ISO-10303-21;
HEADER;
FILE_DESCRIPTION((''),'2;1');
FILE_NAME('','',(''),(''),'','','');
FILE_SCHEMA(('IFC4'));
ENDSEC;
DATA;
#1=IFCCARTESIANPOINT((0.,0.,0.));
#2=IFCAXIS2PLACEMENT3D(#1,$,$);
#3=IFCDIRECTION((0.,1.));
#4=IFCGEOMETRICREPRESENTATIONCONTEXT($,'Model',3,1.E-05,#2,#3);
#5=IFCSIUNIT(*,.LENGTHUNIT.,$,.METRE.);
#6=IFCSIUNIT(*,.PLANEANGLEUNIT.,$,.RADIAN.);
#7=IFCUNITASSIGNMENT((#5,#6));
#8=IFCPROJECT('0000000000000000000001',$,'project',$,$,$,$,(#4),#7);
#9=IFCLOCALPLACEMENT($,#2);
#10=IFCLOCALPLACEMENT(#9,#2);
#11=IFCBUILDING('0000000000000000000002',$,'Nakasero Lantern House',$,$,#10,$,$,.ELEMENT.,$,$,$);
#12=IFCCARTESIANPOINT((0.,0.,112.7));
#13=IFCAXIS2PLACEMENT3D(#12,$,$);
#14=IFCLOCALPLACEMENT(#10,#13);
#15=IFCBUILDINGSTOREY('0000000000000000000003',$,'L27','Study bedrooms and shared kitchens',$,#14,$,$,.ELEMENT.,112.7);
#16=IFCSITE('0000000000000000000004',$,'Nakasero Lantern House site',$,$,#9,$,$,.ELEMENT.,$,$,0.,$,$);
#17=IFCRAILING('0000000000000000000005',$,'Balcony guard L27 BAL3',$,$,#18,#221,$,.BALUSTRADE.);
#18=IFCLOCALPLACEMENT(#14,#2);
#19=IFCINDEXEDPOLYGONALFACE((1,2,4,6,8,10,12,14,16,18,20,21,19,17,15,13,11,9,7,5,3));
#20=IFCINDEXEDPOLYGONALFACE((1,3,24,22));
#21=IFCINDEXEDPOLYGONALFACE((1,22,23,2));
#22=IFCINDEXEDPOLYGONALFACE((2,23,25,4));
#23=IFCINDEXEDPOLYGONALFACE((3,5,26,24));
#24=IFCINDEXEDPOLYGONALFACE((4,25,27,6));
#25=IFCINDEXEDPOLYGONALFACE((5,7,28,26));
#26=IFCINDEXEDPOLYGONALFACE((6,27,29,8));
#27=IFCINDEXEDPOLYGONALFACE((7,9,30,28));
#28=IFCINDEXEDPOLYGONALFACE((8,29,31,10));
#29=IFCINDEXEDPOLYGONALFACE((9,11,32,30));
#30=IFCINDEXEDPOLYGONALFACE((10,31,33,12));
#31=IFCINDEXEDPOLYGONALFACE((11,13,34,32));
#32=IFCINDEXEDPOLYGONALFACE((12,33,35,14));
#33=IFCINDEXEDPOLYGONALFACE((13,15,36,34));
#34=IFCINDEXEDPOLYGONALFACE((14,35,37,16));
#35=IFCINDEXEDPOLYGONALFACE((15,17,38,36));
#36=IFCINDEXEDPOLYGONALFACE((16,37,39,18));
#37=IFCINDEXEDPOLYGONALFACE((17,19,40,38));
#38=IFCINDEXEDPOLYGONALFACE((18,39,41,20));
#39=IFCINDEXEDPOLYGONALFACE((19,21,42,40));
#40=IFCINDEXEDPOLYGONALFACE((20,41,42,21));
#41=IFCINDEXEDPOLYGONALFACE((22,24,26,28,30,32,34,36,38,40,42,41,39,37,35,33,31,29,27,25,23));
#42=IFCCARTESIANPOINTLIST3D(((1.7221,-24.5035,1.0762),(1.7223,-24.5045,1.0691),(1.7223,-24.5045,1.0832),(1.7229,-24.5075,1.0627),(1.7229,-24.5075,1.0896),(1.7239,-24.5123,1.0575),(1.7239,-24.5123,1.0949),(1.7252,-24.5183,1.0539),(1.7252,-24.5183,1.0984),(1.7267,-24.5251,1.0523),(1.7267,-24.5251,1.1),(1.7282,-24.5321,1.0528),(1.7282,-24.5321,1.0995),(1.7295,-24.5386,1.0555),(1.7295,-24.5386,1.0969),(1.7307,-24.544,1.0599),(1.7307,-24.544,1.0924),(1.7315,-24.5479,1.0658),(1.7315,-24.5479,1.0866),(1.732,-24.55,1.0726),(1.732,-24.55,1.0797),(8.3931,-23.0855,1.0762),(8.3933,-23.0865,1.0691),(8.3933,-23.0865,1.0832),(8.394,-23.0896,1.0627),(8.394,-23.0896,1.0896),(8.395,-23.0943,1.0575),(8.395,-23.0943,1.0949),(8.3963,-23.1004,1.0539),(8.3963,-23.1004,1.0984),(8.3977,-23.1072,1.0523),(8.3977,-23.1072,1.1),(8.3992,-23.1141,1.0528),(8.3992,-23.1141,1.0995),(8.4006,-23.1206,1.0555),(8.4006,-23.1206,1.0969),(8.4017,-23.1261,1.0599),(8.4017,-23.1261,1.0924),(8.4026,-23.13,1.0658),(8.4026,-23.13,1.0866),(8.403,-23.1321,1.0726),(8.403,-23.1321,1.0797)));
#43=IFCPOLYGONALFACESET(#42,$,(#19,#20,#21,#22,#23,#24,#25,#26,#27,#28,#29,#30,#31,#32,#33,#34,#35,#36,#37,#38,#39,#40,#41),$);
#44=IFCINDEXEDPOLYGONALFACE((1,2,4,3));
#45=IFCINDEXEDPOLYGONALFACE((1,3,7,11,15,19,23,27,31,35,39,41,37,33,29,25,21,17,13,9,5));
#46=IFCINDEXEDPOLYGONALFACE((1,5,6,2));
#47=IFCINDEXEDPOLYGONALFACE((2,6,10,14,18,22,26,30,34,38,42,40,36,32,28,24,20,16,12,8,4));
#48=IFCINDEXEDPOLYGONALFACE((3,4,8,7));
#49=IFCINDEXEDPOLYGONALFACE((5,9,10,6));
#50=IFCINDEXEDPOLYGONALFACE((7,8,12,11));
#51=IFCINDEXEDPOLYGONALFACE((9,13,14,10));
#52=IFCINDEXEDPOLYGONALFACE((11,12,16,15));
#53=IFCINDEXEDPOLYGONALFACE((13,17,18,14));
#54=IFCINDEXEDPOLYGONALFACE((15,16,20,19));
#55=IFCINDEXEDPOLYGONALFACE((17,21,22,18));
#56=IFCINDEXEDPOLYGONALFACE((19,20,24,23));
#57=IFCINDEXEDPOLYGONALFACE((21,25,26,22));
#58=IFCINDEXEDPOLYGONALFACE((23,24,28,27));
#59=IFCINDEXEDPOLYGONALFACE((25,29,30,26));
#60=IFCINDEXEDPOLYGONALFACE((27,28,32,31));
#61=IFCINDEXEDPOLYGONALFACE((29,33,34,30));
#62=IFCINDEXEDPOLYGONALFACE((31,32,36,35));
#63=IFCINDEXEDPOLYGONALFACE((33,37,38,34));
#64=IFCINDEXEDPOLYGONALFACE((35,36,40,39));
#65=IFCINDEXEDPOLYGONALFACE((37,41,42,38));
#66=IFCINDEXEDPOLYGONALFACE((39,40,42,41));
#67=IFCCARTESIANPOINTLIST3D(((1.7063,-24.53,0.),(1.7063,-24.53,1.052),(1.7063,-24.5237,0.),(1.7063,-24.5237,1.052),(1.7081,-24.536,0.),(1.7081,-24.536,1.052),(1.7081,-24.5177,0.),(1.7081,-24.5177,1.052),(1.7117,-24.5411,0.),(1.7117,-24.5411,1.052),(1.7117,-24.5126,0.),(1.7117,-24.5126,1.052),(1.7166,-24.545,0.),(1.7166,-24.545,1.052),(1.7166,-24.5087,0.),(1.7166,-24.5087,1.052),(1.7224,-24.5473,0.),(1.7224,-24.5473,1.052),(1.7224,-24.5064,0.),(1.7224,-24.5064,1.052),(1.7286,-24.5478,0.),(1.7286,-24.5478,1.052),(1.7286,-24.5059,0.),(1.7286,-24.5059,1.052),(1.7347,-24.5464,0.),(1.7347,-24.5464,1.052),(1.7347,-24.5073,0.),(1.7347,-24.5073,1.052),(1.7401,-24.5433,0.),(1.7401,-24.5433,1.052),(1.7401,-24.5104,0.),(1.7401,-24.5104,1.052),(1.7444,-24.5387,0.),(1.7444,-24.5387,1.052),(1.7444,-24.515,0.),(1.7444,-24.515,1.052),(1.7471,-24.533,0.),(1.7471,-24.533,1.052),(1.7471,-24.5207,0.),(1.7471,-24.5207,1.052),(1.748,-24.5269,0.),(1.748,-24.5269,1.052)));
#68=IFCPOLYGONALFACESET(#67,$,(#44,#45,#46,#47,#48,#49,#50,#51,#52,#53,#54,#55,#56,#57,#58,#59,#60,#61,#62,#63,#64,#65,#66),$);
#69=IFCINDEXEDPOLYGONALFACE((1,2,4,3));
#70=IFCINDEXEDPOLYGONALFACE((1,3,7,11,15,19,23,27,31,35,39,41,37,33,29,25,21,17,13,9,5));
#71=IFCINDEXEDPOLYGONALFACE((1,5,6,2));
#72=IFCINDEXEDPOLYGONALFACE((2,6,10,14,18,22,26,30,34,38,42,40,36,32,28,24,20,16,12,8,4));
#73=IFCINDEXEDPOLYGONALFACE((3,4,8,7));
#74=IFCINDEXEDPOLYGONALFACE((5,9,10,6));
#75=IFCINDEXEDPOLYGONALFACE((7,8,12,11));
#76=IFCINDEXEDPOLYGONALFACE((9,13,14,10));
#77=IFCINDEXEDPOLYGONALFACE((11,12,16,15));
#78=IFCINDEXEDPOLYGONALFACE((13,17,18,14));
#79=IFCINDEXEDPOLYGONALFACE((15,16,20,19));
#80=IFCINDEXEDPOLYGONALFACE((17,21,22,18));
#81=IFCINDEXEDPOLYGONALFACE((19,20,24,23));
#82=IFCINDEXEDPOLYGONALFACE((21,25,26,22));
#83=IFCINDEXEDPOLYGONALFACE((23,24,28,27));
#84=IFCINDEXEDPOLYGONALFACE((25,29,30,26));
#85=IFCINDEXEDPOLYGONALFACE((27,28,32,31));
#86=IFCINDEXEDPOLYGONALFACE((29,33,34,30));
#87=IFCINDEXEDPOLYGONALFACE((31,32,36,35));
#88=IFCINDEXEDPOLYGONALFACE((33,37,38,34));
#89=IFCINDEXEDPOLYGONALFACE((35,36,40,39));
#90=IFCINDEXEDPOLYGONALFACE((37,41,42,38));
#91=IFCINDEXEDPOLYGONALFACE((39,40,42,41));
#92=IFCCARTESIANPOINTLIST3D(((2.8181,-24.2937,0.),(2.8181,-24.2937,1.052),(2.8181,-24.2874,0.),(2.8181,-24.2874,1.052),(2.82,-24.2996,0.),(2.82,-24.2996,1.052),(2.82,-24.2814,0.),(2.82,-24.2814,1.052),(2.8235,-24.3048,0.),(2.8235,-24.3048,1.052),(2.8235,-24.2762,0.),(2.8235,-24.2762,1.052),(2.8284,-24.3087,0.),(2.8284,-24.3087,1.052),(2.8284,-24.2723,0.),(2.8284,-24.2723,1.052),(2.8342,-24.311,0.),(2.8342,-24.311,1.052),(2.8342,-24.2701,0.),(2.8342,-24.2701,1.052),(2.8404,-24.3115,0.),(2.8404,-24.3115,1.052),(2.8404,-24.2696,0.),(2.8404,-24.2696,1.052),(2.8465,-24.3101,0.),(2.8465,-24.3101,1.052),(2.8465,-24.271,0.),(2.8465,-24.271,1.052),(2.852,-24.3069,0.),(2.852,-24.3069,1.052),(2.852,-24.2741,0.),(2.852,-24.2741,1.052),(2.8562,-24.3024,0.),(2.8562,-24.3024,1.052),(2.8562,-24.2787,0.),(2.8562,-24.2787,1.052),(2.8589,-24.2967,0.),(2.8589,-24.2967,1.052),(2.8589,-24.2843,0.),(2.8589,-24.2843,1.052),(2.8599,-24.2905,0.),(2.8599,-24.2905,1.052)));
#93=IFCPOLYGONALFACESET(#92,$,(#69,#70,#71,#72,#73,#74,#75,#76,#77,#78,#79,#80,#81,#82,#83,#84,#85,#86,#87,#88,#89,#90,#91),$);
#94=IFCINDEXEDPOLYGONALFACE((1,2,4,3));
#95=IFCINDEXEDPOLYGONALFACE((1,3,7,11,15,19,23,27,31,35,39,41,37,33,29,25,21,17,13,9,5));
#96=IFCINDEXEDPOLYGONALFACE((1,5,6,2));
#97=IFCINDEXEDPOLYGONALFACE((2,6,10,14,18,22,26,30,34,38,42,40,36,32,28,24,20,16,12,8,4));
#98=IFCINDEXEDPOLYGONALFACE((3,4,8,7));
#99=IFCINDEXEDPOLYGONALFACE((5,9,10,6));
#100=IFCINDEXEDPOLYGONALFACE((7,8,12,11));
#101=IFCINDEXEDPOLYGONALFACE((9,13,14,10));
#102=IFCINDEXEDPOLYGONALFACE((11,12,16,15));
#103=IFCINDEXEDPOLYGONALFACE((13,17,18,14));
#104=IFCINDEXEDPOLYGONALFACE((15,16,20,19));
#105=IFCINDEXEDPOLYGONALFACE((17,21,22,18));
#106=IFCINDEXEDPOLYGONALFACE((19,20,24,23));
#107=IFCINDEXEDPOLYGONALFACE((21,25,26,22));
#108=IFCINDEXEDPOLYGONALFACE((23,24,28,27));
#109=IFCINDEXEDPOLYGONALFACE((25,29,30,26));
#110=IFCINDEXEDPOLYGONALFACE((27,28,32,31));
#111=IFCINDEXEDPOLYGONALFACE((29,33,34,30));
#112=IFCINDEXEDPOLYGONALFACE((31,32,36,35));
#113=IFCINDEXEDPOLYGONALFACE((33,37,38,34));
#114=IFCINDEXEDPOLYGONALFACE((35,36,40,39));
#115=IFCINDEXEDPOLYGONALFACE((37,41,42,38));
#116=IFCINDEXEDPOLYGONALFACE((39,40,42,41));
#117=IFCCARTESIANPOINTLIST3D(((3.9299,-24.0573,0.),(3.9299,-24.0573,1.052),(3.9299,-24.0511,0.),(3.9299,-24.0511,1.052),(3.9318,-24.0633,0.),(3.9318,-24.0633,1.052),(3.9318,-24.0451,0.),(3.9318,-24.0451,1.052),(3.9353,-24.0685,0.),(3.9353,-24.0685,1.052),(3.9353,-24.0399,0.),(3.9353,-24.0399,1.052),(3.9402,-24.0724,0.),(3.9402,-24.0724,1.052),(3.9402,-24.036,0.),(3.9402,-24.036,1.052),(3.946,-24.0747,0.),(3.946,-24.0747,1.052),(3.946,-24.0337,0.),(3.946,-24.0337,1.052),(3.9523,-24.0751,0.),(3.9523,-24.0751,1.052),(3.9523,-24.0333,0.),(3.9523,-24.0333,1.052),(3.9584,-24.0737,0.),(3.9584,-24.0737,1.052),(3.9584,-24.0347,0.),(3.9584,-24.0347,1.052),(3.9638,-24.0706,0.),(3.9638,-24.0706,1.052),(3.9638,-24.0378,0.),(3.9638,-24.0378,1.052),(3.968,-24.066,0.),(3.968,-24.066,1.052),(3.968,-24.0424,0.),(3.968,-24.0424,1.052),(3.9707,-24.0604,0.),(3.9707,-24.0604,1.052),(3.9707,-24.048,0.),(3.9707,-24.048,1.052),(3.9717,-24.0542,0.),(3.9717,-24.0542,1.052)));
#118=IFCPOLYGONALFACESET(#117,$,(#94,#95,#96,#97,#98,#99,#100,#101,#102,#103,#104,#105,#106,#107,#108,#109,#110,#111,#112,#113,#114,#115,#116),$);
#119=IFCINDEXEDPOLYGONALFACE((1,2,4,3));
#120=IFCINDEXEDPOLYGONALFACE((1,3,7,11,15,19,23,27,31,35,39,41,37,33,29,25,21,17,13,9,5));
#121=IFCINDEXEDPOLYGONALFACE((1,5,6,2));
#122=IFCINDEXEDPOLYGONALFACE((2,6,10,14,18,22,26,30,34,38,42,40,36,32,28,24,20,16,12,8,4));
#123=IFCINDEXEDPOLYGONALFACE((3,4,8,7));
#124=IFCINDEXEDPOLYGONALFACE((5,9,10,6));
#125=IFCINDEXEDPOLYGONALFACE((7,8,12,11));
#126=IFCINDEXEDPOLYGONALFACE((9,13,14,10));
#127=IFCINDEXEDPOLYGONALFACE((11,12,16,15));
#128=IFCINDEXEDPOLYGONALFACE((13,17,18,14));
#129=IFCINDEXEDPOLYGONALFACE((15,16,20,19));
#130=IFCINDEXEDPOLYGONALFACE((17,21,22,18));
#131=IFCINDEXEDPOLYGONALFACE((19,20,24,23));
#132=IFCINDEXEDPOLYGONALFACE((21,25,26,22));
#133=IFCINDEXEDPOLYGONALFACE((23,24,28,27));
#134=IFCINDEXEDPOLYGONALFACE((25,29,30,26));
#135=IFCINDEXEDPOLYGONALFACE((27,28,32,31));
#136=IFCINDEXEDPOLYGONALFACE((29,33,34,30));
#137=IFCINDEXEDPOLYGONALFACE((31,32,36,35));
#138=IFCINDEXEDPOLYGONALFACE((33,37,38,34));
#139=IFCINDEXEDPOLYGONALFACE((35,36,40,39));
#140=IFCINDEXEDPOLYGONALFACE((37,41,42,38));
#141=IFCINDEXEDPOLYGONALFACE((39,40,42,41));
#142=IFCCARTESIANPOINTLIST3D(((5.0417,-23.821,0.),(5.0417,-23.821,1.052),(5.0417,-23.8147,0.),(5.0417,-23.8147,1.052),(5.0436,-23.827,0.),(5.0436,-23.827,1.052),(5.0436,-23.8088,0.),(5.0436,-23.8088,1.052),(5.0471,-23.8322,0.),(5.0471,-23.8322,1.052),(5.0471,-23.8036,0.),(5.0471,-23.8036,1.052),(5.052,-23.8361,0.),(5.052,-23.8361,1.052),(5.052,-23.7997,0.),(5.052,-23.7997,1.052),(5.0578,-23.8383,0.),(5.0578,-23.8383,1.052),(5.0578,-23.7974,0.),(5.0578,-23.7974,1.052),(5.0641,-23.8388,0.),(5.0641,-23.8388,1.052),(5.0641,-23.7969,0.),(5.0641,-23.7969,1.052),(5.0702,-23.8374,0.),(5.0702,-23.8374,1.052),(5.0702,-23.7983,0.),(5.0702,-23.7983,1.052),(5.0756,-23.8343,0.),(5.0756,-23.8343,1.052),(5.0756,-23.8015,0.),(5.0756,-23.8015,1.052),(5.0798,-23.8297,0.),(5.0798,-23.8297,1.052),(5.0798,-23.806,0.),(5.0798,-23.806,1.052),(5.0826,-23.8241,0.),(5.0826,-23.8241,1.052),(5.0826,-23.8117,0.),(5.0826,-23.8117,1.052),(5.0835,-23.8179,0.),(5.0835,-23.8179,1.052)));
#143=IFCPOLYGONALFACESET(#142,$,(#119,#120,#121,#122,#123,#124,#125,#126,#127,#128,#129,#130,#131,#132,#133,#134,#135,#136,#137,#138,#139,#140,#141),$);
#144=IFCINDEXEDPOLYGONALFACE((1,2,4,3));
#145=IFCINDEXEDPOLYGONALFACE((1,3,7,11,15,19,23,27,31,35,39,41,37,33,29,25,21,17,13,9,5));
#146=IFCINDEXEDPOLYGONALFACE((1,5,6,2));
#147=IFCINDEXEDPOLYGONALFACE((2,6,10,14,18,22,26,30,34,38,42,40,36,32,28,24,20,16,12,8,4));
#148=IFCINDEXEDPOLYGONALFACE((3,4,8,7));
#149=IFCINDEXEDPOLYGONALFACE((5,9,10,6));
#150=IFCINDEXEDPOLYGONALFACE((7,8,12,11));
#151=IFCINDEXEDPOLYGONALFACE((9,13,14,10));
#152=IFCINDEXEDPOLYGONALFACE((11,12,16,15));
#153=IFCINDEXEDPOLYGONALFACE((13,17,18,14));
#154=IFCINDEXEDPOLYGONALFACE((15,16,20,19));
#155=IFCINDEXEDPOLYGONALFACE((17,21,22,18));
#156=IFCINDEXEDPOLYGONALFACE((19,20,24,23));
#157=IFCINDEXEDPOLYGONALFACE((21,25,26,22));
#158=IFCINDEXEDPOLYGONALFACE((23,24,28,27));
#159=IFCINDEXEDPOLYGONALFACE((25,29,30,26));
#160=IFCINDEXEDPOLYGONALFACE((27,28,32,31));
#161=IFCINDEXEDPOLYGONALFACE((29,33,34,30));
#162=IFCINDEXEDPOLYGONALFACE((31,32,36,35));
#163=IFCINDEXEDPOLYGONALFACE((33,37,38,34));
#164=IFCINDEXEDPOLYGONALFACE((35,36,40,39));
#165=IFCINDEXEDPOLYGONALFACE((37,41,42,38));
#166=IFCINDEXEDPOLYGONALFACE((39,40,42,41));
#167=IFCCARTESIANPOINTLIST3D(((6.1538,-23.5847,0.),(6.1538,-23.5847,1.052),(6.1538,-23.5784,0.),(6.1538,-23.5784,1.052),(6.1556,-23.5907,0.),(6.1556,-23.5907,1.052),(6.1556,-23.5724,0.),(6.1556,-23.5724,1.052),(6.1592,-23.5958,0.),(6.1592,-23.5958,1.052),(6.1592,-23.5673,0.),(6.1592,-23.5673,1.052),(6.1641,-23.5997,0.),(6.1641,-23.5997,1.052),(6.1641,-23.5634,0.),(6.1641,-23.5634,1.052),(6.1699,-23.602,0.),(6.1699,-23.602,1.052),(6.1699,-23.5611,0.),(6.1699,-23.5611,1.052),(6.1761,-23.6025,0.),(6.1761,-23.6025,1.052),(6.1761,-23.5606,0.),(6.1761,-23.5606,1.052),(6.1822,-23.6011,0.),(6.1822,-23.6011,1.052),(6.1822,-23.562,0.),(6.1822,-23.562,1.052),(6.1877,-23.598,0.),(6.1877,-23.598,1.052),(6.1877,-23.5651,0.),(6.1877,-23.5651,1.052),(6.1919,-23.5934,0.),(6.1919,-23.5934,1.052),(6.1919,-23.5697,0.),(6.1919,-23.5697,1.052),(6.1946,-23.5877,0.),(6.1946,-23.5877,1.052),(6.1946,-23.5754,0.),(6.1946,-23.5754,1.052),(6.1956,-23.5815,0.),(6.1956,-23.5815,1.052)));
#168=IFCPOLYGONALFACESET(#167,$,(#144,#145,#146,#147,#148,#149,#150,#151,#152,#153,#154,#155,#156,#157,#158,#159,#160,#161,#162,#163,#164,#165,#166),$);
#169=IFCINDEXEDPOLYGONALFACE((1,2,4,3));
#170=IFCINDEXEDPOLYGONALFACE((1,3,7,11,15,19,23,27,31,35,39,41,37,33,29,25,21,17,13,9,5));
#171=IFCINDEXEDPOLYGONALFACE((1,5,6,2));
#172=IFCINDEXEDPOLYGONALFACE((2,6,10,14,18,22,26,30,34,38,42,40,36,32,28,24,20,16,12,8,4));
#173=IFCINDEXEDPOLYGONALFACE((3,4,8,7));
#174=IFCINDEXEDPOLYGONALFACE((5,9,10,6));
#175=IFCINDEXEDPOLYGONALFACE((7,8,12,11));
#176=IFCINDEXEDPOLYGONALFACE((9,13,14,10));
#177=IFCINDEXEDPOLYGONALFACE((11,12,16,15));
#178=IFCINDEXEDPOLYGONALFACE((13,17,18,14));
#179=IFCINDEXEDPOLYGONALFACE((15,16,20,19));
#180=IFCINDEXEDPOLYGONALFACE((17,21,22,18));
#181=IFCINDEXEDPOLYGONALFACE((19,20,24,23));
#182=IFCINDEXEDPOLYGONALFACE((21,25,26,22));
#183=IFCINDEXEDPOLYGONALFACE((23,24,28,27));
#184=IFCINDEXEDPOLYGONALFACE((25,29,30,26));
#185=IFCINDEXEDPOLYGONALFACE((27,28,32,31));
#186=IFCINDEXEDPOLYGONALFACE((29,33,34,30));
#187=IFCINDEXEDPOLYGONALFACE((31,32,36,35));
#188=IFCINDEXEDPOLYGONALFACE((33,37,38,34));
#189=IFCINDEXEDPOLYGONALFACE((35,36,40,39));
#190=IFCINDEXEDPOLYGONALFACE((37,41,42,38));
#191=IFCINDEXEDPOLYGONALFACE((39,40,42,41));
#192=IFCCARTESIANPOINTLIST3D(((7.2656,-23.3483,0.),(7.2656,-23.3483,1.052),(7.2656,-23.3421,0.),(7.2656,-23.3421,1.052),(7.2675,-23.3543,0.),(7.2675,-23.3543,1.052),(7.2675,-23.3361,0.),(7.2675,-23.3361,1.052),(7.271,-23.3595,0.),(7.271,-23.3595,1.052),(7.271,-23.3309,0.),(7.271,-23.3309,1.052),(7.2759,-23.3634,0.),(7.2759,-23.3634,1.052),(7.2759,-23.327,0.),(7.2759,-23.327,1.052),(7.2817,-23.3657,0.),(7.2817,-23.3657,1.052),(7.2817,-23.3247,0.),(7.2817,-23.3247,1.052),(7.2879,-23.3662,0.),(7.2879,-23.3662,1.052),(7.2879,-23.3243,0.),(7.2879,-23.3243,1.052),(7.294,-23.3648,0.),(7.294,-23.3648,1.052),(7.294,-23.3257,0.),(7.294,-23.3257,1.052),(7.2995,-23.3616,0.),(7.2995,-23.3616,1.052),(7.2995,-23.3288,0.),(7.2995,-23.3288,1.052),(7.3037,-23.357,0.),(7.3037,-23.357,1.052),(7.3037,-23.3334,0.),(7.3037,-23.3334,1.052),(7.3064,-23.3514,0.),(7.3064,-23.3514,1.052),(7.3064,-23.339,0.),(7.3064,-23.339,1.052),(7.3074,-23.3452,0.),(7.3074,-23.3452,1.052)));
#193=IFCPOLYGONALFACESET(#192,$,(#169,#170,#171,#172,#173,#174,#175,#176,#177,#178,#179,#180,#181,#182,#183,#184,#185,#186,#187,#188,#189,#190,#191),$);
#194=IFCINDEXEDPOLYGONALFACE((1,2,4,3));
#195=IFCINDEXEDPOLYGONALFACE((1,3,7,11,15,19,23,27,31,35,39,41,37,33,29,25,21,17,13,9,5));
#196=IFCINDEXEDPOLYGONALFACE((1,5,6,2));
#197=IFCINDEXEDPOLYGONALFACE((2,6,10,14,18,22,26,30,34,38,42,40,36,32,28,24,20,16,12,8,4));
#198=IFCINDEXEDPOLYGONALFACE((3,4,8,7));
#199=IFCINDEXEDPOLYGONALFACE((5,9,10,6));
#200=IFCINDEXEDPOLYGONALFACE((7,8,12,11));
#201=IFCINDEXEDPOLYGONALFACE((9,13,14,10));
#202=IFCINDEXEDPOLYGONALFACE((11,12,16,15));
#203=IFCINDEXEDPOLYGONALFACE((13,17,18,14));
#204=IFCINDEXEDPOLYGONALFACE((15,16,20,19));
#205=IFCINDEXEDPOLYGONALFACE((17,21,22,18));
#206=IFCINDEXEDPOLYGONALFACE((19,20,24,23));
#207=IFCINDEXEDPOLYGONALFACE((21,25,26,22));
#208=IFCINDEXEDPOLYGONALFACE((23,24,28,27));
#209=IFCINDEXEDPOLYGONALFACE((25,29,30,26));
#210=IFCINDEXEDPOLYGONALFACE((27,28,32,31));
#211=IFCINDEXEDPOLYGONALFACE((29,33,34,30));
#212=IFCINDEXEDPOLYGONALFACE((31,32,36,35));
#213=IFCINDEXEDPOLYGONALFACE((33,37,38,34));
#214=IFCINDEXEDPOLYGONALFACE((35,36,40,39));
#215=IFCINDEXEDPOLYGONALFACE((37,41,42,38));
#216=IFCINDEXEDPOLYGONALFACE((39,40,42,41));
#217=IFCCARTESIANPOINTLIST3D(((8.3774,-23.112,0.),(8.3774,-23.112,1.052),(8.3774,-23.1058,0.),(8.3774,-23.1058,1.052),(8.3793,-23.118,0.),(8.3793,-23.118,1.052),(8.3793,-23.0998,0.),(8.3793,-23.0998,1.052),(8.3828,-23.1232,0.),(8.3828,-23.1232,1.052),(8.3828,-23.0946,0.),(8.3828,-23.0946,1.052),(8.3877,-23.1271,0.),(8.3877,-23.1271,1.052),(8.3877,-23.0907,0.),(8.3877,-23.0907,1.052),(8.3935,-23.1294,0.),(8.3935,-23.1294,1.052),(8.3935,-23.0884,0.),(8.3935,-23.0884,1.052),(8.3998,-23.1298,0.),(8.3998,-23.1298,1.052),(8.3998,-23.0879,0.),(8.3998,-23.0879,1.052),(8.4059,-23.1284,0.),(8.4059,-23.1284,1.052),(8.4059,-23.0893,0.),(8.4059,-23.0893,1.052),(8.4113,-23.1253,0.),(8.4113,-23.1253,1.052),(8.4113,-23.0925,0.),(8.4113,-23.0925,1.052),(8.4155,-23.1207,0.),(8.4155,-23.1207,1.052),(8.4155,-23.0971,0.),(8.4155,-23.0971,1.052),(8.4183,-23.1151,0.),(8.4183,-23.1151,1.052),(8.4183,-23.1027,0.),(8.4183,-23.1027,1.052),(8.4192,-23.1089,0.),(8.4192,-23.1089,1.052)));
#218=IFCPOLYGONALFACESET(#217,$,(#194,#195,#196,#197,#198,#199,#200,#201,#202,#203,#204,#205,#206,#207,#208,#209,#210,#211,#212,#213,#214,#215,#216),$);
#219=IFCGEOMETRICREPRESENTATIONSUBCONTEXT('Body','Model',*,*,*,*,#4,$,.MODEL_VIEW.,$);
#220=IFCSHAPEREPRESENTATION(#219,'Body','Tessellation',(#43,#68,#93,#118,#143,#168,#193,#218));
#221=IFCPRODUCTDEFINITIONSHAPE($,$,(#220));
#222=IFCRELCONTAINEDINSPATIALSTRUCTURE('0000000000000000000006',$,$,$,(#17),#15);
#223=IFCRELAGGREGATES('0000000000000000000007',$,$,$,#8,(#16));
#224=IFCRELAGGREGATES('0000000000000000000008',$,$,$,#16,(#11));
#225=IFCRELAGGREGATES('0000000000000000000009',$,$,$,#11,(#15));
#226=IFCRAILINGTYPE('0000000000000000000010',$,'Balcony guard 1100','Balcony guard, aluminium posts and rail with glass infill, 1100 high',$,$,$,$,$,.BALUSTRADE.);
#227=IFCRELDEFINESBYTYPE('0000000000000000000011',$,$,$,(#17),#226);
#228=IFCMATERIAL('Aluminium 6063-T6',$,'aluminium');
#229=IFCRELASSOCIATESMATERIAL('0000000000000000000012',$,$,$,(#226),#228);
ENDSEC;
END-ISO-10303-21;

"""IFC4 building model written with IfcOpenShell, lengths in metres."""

from ifc_helpers import new_model, si_unit, direction, frame, origin, origin_2d, place, context, subcontext, project, spatial, circle, extrude, material, type_object, element, save


model = new_model("IFC4")

# Units and contexts
model_context = context("Model", 3, precision=1e-05, world=origin(), true_north=direction((0.0, 1.0)))
body_context = subcontext(model_context, "Body", "Model", "MODEL_VIEW")
ifc_project = project(units=[si_unit("LENGTHUNIT", "METRE"), si_unit("PLANEANGLEUNIT", "RADIAN")], contexts=[model_context])

# Site, building, storey
site_placement = place(None, origin())
site = spatial("IfcSite", under=ifc_project, at=site_placement, Name="Nakasero Lantern House site", CompositionType="ELEMENT", RefElevation=0.0)
building_placement = place(site_placement, origin())
building = spatial("IfcBuilding", under=site, at=building_placement, Name="Nakasero Lantern House", CompositionType="ELEMENT")
storey_placement = place(building_placement, frame((0.0, 0.0, 112.7)))
storey = spatial("IfcBuildingStorey", under=building, at=storey_placement, Name="L27", Description="Study bedrooms and shared kitchens", CompositionType="ELEMENT", Elevation=112.7)

# Railing
ifc_material_1 = material(Name="Aluminium 6063-T6", Category="aluminium")
railing_type = type_object("IfcRailingType", Name="Balcony guard 1100", Description="Balcony guard, aluminium posts and rail with glass infill, 1100 high", PredefinedType="BALUSTRADE", material=ifc_material_1)
railing_placement = place(storey_placement, frame((1.7271, -24.5269, 0.0)))
element("IfcRailing", 1, at=railing_placement, inside=storey, type_object=railing_type, Name="Balcony guard L27 BAL3", PredefinedType="BALUSTRADE", context=body_context, shape_type="SweptSolid", body=[
    extrude(circle(Radius=0.0239, at=origin_2d()), frame((0.0, 0.0, 1.0762), z_axis=(0.978148, 0.207908, 0.0), x_axis=(-0.207908, 0.978148, 0.0)), (0.0, 0.0, 1.0), 6.8201),
    extrude(circle(Radius=0.021, at=origin_2d()), origin(), (0.0, 0.0, 1.0), 1.052),
    extrude(circle(Radius=0.021, at=origin_2d()), frame((1.1118, 0.2363, 0.0)), (0.0, 0.0, 1.0), 1.052),
    extrude(circle(Radius=0.021, at=origin_2d()), frame((2.2236, 0.4727, 0.0)), (0.0, 0.0, 1.0), 1.052),
    extrude(circle(Radius=0.021, at=origin_2d()), frame((3.3354, 0.709, 0.0)), (0.0, 0.0, 1.0), 1.052),
    extrude(circle(Radius=0.021, at=origin_2d()), frame((4.4475, 0.9453, 0.0)), (0.0, 0.0, 1.0), 1.052),
    extrude(circle(Radius=0.021, at=origin_2d()), frame((5.5593, 1.1816, 0.0)), (0.0, 0.0, 1.0), 1.052),
    extrude(circle(Radius=0.021, at=origin_2d()), frame((6.6711, 1.418, 0.0)), (0.0, 0.0, 1.0), 1.052),
])

save(model, "model.ifc")
